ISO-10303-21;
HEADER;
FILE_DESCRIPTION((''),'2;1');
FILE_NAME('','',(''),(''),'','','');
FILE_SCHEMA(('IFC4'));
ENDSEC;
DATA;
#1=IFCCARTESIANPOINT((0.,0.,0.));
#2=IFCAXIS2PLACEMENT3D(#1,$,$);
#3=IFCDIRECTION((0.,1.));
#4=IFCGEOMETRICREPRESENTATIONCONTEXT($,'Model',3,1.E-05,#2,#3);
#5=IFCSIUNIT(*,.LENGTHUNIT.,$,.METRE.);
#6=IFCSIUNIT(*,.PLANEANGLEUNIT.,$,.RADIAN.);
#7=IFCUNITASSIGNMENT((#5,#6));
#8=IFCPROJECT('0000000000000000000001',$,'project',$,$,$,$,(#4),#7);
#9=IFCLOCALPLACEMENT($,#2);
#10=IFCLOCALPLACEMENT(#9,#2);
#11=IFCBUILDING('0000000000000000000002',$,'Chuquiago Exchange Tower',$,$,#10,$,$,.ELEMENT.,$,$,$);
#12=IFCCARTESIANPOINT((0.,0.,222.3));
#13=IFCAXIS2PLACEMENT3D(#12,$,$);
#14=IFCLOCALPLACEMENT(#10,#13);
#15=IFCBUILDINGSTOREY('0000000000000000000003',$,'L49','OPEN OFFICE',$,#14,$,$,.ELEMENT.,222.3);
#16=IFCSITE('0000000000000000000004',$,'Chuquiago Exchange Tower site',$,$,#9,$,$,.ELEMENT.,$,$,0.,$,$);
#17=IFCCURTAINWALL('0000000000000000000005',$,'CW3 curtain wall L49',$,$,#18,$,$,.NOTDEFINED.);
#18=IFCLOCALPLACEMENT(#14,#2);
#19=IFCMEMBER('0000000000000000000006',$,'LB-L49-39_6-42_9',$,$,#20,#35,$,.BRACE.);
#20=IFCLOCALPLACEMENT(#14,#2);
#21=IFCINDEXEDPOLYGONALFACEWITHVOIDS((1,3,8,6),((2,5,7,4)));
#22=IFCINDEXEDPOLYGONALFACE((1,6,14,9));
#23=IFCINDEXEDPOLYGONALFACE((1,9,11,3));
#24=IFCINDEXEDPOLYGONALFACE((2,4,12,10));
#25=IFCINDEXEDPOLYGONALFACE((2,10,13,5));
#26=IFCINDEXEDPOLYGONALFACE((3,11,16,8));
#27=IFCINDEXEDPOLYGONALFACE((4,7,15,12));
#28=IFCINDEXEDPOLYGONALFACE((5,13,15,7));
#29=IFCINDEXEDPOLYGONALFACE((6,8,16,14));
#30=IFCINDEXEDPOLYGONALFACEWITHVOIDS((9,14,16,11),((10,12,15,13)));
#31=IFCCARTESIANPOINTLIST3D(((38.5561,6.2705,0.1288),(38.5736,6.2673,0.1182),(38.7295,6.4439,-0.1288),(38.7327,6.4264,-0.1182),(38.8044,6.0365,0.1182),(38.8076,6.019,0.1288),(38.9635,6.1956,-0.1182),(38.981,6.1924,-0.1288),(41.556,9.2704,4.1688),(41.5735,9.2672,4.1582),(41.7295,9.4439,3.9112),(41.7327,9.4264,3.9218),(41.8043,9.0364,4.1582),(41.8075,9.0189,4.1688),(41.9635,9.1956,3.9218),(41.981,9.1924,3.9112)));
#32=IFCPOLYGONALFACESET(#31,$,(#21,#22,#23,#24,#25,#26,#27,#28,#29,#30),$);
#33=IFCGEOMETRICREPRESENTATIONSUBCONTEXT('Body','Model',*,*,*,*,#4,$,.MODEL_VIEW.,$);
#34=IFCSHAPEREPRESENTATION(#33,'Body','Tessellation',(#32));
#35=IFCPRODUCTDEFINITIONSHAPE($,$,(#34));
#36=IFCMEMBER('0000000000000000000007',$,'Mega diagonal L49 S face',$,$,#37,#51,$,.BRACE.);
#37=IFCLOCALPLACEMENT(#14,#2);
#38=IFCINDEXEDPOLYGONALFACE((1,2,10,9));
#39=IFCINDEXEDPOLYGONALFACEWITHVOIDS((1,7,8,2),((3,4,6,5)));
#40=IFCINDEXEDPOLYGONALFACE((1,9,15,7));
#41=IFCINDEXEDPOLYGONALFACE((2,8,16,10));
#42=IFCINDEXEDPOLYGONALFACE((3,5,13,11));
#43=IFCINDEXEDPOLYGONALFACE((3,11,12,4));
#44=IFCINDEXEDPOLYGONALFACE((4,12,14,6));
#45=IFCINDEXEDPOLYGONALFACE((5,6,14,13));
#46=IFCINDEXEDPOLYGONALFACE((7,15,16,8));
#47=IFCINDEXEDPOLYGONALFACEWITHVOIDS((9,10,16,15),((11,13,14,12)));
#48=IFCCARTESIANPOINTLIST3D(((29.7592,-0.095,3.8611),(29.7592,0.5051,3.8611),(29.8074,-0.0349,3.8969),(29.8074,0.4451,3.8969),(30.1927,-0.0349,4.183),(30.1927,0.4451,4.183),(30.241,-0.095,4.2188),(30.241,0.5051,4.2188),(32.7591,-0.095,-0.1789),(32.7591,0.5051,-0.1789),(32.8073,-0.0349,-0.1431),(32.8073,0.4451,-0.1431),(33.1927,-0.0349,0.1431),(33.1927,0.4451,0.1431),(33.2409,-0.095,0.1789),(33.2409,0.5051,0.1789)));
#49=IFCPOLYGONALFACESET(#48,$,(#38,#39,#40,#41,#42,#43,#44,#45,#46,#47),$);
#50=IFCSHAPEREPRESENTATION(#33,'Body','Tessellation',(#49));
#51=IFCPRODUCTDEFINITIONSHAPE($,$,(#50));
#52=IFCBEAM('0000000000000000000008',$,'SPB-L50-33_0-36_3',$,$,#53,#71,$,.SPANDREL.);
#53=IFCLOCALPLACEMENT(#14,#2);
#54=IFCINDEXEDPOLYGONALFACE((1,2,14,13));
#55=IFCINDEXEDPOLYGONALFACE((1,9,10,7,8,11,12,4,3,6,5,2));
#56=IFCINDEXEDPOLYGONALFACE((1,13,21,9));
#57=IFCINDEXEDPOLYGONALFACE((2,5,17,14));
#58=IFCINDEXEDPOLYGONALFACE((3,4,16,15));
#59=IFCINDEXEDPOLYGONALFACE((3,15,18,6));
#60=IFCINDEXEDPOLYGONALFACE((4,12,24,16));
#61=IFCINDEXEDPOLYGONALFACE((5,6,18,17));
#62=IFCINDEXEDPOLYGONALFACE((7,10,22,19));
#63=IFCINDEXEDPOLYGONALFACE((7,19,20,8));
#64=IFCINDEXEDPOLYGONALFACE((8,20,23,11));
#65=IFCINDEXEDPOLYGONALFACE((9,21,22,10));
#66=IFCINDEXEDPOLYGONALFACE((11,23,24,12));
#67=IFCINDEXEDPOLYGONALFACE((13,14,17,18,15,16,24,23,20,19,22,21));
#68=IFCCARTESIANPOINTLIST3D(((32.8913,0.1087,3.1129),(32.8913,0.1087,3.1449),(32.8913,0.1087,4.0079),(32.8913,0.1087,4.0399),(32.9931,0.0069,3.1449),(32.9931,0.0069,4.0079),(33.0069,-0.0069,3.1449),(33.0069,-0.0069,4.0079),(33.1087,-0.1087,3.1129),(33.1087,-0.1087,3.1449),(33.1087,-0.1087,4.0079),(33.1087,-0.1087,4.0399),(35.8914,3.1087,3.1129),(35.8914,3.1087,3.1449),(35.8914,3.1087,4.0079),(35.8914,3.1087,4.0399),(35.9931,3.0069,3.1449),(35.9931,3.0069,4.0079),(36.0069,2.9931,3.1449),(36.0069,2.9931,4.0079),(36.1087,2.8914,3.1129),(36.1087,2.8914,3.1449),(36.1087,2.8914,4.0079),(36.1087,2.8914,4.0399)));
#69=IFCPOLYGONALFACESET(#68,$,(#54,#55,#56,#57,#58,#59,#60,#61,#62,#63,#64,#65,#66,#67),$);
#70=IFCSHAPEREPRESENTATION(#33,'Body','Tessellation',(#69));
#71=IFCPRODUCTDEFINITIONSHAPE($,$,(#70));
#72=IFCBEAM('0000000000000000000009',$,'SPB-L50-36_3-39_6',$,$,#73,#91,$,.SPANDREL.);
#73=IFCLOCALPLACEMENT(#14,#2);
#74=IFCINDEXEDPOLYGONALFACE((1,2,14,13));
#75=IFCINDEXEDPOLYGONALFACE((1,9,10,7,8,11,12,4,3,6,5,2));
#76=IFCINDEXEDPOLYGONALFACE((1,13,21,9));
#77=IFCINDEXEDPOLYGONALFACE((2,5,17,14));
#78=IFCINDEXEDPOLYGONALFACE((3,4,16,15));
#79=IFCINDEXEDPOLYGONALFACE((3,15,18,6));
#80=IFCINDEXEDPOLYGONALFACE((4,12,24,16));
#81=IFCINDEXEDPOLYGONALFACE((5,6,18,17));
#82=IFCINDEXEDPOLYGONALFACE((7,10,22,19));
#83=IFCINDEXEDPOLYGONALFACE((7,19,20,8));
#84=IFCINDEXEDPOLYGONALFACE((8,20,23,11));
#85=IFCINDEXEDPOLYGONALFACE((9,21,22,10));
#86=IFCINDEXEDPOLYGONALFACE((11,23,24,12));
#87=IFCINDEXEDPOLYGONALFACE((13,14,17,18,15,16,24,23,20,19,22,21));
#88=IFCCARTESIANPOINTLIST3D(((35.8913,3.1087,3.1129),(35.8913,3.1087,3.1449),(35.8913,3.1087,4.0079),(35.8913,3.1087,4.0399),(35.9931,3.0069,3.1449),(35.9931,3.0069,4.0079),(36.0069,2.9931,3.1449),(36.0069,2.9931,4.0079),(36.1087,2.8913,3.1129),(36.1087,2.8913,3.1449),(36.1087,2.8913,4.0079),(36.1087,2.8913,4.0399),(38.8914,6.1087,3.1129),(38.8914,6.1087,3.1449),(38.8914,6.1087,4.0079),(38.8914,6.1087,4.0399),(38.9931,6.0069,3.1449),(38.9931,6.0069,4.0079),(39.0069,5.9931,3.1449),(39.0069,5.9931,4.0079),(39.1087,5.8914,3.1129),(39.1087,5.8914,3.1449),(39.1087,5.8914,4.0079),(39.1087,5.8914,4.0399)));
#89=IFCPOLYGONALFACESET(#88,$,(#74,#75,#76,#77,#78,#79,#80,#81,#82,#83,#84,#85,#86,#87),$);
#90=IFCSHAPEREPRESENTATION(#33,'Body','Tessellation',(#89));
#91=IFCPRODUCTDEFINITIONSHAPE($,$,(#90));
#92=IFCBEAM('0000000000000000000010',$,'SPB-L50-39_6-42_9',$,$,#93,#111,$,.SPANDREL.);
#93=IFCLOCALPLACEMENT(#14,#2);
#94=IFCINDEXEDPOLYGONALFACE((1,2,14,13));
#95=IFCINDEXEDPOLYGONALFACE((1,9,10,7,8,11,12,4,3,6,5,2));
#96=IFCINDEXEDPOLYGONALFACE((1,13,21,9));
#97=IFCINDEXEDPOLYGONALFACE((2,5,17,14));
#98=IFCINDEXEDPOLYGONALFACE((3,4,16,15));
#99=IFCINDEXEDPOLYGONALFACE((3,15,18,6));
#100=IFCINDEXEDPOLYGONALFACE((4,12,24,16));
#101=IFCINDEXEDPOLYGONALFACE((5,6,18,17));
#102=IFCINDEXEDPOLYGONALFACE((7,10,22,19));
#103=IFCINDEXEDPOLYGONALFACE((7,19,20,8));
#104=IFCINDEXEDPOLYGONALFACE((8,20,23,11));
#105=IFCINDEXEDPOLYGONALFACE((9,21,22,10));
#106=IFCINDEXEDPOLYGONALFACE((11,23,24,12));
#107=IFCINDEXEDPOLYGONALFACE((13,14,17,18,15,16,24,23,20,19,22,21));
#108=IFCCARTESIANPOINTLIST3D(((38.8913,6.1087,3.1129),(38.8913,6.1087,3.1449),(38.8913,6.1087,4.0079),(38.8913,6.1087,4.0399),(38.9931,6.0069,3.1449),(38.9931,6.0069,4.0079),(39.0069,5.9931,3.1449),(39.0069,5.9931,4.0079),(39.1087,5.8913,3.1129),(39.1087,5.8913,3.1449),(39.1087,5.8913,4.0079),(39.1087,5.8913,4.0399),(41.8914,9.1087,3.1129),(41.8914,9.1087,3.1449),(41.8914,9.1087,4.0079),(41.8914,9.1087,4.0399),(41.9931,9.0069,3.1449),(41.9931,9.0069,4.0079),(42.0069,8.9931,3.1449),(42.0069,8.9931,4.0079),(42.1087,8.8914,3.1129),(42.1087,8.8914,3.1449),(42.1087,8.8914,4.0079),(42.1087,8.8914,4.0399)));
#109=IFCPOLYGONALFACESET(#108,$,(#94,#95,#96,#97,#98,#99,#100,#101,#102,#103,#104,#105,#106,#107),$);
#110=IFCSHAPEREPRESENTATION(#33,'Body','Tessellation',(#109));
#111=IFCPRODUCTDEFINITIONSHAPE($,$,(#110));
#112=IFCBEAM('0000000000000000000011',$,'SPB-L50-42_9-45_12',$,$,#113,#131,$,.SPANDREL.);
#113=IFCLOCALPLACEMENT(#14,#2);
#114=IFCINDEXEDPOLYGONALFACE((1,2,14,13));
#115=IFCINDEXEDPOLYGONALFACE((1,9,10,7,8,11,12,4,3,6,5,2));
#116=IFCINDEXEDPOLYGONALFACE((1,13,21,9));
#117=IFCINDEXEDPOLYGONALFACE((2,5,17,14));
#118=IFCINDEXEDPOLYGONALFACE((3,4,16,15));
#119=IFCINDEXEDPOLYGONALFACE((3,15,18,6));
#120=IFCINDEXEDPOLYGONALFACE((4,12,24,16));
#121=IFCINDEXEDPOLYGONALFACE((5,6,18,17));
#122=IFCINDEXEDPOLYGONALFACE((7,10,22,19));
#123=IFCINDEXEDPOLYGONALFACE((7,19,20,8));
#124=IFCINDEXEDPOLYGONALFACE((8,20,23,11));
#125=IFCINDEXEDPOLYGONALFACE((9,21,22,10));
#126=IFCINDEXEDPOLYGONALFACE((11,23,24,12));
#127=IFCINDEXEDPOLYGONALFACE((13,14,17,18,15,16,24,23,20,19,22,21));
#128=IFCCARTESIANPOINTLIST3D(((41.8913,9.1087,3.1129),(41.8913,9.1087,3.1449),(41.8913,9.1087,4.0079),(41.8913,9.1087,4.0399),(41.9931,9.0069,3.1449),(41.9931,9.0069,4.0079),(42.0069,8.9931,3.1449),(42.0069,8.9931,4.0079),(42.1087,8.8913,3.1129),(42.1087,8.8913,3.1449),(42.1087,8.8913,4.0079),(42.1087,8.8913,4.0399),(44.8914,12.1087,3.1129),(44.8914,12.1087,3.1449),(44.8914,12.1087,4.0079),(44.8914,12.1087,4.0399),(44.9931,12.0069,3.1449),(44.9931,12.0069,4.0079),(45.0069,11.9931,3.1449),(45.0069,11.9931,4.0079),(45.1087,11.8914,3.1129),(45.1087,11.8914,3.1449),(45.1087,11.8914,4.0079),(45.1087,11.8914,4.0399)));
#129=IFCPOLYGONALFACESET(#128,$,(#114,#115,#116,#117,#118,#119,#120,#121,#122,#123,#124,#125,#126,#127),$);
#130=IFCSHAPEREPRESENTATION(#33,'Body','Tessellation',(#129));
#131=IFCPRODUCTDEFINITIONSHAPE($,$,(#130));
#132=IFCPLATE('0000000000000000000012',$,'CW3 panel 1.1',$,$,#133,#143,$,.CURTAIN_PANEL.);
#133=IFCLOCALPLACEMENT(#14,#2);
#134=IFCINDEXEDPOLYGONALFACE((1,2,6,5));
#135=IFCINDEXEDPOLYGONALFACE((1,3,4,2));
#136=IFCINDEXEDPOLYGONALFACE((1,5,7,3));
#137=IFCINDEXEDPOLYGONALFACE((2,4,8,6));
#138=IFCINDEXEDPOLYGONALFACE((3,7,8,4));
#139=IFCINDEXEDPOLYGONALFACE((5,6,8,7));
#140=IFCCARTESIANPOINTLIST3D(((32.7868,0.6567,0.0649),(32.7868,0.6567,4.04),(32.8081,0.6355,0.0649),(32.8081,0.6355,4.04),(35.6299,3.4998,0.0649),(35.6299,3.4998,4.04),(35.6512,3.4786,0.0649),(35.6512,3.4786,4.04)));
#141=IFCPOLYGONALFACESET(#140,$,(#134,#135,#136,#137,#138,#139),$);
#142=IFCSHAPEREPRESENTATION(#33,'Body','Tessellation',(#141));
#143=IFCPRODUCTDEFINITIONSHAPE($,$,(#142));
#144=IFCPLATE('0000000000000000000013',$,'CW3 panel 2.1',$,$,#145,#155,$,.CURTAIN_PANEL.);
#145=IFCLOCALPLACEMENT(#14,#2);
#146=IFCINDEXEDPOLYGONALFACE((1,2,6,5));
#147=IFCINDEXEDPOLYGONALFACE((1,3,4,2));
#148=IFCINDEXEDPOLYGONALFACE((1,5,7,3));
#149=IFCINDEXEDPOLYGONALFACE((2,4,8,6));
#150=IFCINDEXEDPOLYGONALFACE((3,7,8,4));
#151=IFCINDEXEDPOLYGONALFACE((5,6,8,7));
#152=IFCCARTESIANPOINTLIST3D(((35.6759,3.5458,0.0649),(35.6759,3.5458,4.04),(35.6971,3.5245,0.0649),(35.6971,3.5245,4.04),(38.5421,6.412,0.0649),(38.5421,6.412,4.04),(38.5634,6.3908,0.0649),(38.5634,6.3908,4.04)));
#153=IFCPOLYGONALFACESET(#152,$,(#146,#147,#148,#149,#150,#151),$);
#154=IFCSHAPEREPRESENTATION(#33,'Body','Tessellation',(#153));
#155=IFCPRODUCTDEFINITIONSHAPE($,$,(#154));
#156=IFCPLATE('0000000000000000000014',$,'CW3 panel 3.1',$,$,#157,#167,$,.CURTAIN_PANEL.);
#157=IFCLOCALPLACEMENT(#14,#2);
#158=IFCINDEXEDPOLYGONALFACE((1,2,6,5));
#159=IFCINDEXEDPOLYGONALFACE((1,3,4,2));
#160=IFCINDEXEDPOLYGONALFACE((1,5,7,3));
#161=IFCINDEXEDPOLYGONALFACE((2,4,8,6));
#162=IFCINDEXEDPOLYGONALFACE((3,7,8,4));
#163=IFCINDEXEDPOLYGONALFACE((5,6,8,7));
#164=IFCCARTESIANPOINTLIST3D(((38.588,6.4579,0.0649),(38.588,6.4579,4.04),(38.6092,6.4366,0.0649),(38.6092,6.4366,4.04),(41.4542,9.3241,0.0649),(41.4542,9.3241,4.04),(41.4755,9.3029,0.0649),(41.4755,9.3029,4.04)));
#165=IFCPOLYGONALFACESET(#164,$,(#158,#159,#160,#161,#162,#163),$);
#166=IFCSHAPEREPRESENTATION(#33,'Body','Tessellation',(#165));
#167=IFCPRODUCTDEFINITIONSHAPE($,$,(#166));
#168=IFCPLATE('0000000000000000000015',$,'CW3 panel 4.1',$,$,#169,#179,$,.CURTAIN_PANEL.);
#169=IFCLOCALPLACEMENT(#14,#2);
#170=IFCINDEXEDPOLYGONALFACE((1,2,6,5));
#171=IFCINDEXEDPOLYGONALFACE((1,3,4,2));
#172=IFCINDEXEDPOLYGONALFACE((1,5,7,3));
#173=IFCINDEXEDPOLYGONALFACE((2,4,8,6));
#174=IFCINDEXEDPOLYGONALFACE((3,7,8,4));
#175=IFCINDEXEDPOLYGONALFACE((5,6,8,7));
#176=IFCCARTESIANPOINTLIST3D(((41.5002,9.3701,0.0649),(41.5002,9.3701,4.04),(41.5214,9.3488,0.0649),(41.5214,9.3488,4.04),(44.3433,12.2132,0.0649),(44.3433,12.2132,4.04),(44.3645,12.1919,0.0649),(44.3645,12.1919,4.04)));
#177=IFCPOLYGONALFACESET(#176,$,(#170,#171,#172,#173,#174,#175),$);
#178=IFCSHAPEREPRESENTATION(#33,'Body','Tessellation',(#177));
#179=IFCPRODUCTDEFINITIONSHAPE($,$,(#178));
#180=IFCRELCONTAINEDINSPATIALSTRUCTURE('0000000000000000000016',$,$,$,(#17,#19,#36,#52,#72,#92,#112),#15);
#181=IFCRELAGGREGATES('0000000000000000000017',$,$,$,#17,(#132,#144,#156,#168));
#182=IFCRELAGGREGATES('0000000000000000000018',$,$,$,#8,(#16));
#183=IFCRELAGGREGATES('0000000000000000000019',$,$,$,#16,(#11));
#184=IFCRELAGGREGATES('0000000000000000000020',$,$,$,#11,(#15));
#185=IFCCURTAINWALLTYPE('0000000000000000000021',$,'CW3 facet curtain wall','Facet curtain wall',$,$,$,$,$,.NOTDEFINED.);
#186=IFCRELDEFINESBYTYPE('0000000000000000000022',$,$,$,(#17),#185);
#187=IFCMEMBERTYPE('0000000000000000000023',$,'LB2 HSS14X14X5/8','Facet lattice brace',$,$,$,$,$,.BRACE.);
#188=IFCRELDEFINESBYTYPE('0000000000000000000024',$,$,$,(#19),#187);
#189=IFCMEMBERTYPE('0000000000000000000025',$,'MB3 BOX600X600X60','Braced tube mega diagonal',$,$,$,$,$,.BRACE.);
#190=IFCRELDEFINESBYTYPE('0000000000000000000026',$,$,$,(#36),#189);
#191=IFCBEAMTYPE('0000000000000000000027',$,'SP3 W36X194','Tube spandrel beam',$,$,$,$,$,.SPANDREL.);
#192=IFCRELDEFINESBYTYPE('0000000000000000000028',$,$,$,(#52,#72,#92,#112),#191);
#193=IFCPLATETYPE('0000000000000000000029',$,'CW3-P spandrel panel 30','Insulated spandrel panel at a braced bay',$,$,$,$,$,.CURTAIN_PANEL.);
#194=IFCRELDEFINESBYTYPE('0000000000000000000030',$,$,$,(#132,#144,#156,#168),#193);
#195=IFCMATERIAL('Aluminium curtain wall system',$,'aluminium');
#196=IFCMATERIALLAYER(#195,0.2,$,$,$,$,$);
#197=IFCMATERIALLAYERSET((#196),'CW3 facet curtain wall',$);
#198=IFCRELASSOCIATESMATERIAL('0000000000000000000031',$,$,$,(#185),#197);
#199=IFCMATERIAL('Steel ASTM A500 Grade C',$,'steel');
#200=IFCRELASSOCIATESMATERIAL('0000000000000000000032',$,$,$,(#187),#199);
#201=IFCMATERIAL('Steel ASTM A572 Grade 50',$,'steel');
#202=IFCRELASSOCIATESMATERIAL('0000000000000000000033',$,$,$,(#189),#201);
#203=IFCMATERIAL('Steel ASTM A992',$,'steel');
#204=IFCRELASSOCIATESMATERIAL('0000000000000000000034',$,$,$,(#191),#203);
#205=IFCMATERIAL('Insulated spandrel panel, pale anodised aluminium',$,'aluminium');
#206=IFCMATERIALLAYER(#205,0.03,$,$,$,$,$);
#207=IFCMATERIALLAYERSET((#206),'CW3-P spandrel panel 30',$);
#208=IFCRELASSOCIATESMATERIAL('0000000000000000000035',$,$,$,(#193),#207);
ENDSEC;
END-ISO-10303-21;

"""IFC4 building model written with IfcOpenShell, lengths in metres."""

from ifc_helpers import new_model, si_unit, direction, frame, origin, origin_2d, place, context, subcontext, project, spatial, rectangle, hollow_rectangle, i_section, extrude, material, layer, layer_set, material_profile, profile_set, type_object, element, aggregate, save


model = new_model("IFC4")

# Units and contexts
model_context = context("Model", 3, precision=1e-05, world=origin(), true_north=direction((0.0, 1.0)))
body_context = subcontext(model_context, "Body", "Model", "MODEL_VIEW")
ifc_project = project(units=[si_unit("LENGTHUNIT", "METRE"), si_unit("PLANEANGLEUNIT", "RADIAN")], contexts=[model_context])

# Site, building, storey
site_placement = place(None, origin())
site = spatial("IfcSite", under=ifc_project, at=site_placement, Name="Chuquiago Exchange Tower site", CompositionType="ELEMENT", RefElevation=0.0)
building_placement = place(site_placement, origin())
building = spatial("IfcBuilding", under=site, at=building_placement, Name="Chuquiago Exchange Tower", CompositionType="ELEMENT")
storey_placement = place(building_placement, frame((0.0, 0.0, 222.3)))
storey = spatial("IfcBuildingStorey", under=building, at=storey_placement, Name="L49", Description="OPEN OFFICE", CompositionType="ELEMENT", Elevation=222.3)

# Curtain wall
ifc_material_1 = material(Name="Aluminium curtain wall system", Category="aluminium")
ifc_layer_1 = layer(ifc_material_1, 0.2)
ifc_layer_set_1 = layer_set([ifc_layer_1], Name="CW3 facet curtain wall")
curtain_wall_type = type_object("IfcCurtainWallType", Name="CW3 facet curtain wall", Description="Facet curtain wall", PredefinedType="NOTDEFINED", material=ifc_layer_set_1)
curtain_wall_placement = place(storey_placement, origin())
curtain_wall = element("IfcCurtainWall", 1, at=curtain_wall_placement, inside=storey, type_object=curtain_wall_type, Name="CW3 curtain wall L49", PredefinedType="NOTDEFINED")

# Members
ifc_material_2 = material(Name="Steel ASTM A500 Grade C", Category="steel")
ifc_material_profile_1 = material_profile(ifc_material_2, hollow_rectangle(XDim=0.3557, YDim=0.3557, WallThickness=0.0146, at=origin_2d()), Name="HSS14X14X5/8")
ifc_profile_set_1 = profile_set([ifc_material_profile_1], Name="Steel ASTM A500 Grade C")
member_type_1 = type_object("IfcMemberType", Name="LB2 HSS14X14X5/8", Description="Facet lattice brace", PredefinedType="BRACE", material=ifc_profile_set_1)
for number, where, z_axis, x_axis, name in (
    (2, (38.7686, 6.2314, 0.0), (0.512077, 0.512077, 0.689604), (-0.707107, 0.707107, 0.0), "LB-L49-39_6-42_9"),
):
    element("IfcMember", number, at=place(storey_placement, frame(where, z_axis=z_axis, x_axis=x_axis)), inside=storey, type_object=member_type_1, Name=name, PredefinedType="BRACE", context=body_context, shape_type="SweptSolid", body=[
        extrude(hollow_rectangle(XDim=0.3557, YDim=0.3557, WallThickness=0.0146, at=origin_2d()), origin(), (0.0, 0.0, 1.0), 5.8584),
    ])
ifc_material_3 = material(Name="Steel ASTM A572 Grade 50", Category="steel")
ifc_material_profile_2 = material_profile(ifc_material_3, hollow_rectangle(XDim=0.6001, YDim=0.6001, WallThickness=0.0601, at=origin_2d()), Name="BOX600X600X60")
ifc_profile_set_2 = profile_set([ifc_material_profile_2], Name="Steel ASTM A572 Grade 50")
member_type_2 = type_object("IfcMemberType", Name="MB3 BOX600X600X60", Description="Braced tube mega diagonal", PredefinedType="BRACE", material=ifc_profile_set_2)
member_1_placement = place(storey_placement, frame((33.0, 0.2051, 0.0), z_axis=(-0.596174, 0.0, 0.802855), x_axis=(0.0, -1.0, 0.0)))
element("IfcMember", 3, at=member_1_placement, inside=storey, type_object=member_type_2, Name="Mega diagonal L49 S face", PredefinedType="BRACE", context=body_context, shape_type="SweptSolid", body=[
    extrude(hollow_rectangle(XDim=0.6001, YDim=0.6001, WallThickness=0.0601, at=origin_2d()), origin(), (0.0, 0.0, 1.0), 5.032),
])

# Beams
ifc_material_4 = material(Name="Steel ASTM A992", Category="steel")
ifc_material_profile_3 = material_profile(ifc_material_4, i_section(OverallWidth=0.3074, OverallDepth=0.927, WebThickness=0.0195, FlangeThickness=0.032, at=origin_2d()), Name="W36X194")
ifc_profile_set_3 = profile_set([ifc_material_profile_3], Name="Steel ASTM A992")
beam_type_1 = type_object("IfcBeamType", Name="SP3 W36X194", Description="Tube spandrel beam", PredefinedType="SPANDREL", material=ifc_profile_set_3)
for number, where, z_axis, x_axis, name in (
    (4, (33.0, 0.0, 3.5764), (0.707107, 0.707107, 0.0), (-0.707107, 0.707107, 0.0), "SPB-L50-33_0-36_3"),
    (5, (36.0, 3.0, 3.5764), (0.707107, 0.707107, 0.0), (-0.707107, 0.707107, 0.0), "SPB-L50-36_3-39_6"),
    (6, (39.0, 6.0, 3.5764), (0.707107, 0.707107, 0.0), (-0.707107, 0.707107, 0.0), "SPB-L50-39_6-42_9"),
    (7, (42.0, 9.0, 3.5764), (0.707107, 0.707107, 0.0), (-0.707107, 0.707107, 0.0), "SPB-L50-42_9-45_12"),
):
    element("IfcBeam", number, at=place(storey_placement, frame(where, z_axis=z_axis, x_axis=x_axis)), inside=storey, type_object=beam_type_1, Name=name, PredefinedType="SPANDREL", context=body_context, shape_type="SweptSolid", body=[
        extrude(i_section(OverallWidth=0.3074, OverallDepth=0.927, WebThickness=0.0195, FlangeThickness=0.032, at=origin_2d()), origin(), (0.0, 0.0, 1.0), 4.2427),
    ])

# Plates
ifc_material_5 = material(Name="Insulated spandrel panel, pale anodised aluminium", Category="aluminium")
ifc_layer_2 = layer(ifc_material_5, 0.03)
ifc_layer_set_2 = layer_set([ifc_layer_2], Name="CW3-P spandrel panel 30")
plate_type = type_object("IfcPlateType", Name="CW3-P spandrel panel 30", Description="Insulated spandrel panel at a braced bay", PredefinedType="CURTAIN_PANEL", material=ifc_layer_set_2)
plate_1_placement = place(storey_placement, frame((34.219, 2.0676, 0.0649), z_axis=(0.0, 0.0, 1.0), x_axis=(0.707107, 0.707107, 0.0)))
plate_1 = element("IfcPlate", 8, at=plate_1_placement, type_object=plate_type, Name="CW3 panel 1.1", PredefinedType="CURTAIN_PANEL", context=body_context, shape_type="SweptSolid", body=[
    extrude(rectangle(XDim=4.0208, YDim=0.03, at=origin_2d()), origin(), (0.0, 0.0, 1.0), 3.9751),
])
plate_2_placement = place(storey_placement, frame((37.1196, 4.9683, 0.0649), z_axis=(0.0, 0.0, 1.0), x_axis=(0.707107, 0.707107, 0.0)))
plate_2 = element("IfcPlate", 9, at=plate_2_placement, type_object=plate_type, Name="CW3 panel 2.1", PredefinedType="CURTAIN_PANEL", context=body_context, shape_type="SweptSolid", body=[
    extrude(rectangle(XDim=4.0535, YDim=0.03, at=origin_2d()), origin(), (0.0, 0.0, 1.0), 3.9751),
])
plate_3_placement = place(storey_placement, frame((40.0317, 7.8804, 0.0649), z_axis=(0.0, 0.0, 1.0), x_axis=(0.707107, 0.707107, 0.0)))
plate_3 = element("IfcPlate", 10, at=plate_3_placement, type_object=plate_type, Name="CW3 panel 3.1", PredefinedType="CURTAIN_PANEL", context=body_context, shape_type="SweptSolid", body=[
    extrude(rectangle(XDim=4.0535, YDim=0.03, at=origin_2d()), origin(), (0.0, 0.0, 1.0), 3.9751),
])
plate_4_placement = place(storey_placement, frame((42.9324, 10.781, 0.0649), z_axis=(0.0, 0.0, 1.0), x_axis=(0.707107, 0.707107, 0.0)))
plate_4 = element("IfcPlate", 11, at=plate_4_placement, type_object=plate_type, Name="CW3 panel 4.1", PredefinedType="CURTAIN_PANEL", context=body_context, shape_type="SweptSolid", body=[
    extrude(rectangle(XDim=4.0208, YDim=0.03, at=origin_2d()), origin(), (0.0, 0.0, 1.0), 3.9751),
])
aggregate(curtain_wall, [plate_1, plate_2, plate_3, plate_4])

save(model, "model.ifc")
